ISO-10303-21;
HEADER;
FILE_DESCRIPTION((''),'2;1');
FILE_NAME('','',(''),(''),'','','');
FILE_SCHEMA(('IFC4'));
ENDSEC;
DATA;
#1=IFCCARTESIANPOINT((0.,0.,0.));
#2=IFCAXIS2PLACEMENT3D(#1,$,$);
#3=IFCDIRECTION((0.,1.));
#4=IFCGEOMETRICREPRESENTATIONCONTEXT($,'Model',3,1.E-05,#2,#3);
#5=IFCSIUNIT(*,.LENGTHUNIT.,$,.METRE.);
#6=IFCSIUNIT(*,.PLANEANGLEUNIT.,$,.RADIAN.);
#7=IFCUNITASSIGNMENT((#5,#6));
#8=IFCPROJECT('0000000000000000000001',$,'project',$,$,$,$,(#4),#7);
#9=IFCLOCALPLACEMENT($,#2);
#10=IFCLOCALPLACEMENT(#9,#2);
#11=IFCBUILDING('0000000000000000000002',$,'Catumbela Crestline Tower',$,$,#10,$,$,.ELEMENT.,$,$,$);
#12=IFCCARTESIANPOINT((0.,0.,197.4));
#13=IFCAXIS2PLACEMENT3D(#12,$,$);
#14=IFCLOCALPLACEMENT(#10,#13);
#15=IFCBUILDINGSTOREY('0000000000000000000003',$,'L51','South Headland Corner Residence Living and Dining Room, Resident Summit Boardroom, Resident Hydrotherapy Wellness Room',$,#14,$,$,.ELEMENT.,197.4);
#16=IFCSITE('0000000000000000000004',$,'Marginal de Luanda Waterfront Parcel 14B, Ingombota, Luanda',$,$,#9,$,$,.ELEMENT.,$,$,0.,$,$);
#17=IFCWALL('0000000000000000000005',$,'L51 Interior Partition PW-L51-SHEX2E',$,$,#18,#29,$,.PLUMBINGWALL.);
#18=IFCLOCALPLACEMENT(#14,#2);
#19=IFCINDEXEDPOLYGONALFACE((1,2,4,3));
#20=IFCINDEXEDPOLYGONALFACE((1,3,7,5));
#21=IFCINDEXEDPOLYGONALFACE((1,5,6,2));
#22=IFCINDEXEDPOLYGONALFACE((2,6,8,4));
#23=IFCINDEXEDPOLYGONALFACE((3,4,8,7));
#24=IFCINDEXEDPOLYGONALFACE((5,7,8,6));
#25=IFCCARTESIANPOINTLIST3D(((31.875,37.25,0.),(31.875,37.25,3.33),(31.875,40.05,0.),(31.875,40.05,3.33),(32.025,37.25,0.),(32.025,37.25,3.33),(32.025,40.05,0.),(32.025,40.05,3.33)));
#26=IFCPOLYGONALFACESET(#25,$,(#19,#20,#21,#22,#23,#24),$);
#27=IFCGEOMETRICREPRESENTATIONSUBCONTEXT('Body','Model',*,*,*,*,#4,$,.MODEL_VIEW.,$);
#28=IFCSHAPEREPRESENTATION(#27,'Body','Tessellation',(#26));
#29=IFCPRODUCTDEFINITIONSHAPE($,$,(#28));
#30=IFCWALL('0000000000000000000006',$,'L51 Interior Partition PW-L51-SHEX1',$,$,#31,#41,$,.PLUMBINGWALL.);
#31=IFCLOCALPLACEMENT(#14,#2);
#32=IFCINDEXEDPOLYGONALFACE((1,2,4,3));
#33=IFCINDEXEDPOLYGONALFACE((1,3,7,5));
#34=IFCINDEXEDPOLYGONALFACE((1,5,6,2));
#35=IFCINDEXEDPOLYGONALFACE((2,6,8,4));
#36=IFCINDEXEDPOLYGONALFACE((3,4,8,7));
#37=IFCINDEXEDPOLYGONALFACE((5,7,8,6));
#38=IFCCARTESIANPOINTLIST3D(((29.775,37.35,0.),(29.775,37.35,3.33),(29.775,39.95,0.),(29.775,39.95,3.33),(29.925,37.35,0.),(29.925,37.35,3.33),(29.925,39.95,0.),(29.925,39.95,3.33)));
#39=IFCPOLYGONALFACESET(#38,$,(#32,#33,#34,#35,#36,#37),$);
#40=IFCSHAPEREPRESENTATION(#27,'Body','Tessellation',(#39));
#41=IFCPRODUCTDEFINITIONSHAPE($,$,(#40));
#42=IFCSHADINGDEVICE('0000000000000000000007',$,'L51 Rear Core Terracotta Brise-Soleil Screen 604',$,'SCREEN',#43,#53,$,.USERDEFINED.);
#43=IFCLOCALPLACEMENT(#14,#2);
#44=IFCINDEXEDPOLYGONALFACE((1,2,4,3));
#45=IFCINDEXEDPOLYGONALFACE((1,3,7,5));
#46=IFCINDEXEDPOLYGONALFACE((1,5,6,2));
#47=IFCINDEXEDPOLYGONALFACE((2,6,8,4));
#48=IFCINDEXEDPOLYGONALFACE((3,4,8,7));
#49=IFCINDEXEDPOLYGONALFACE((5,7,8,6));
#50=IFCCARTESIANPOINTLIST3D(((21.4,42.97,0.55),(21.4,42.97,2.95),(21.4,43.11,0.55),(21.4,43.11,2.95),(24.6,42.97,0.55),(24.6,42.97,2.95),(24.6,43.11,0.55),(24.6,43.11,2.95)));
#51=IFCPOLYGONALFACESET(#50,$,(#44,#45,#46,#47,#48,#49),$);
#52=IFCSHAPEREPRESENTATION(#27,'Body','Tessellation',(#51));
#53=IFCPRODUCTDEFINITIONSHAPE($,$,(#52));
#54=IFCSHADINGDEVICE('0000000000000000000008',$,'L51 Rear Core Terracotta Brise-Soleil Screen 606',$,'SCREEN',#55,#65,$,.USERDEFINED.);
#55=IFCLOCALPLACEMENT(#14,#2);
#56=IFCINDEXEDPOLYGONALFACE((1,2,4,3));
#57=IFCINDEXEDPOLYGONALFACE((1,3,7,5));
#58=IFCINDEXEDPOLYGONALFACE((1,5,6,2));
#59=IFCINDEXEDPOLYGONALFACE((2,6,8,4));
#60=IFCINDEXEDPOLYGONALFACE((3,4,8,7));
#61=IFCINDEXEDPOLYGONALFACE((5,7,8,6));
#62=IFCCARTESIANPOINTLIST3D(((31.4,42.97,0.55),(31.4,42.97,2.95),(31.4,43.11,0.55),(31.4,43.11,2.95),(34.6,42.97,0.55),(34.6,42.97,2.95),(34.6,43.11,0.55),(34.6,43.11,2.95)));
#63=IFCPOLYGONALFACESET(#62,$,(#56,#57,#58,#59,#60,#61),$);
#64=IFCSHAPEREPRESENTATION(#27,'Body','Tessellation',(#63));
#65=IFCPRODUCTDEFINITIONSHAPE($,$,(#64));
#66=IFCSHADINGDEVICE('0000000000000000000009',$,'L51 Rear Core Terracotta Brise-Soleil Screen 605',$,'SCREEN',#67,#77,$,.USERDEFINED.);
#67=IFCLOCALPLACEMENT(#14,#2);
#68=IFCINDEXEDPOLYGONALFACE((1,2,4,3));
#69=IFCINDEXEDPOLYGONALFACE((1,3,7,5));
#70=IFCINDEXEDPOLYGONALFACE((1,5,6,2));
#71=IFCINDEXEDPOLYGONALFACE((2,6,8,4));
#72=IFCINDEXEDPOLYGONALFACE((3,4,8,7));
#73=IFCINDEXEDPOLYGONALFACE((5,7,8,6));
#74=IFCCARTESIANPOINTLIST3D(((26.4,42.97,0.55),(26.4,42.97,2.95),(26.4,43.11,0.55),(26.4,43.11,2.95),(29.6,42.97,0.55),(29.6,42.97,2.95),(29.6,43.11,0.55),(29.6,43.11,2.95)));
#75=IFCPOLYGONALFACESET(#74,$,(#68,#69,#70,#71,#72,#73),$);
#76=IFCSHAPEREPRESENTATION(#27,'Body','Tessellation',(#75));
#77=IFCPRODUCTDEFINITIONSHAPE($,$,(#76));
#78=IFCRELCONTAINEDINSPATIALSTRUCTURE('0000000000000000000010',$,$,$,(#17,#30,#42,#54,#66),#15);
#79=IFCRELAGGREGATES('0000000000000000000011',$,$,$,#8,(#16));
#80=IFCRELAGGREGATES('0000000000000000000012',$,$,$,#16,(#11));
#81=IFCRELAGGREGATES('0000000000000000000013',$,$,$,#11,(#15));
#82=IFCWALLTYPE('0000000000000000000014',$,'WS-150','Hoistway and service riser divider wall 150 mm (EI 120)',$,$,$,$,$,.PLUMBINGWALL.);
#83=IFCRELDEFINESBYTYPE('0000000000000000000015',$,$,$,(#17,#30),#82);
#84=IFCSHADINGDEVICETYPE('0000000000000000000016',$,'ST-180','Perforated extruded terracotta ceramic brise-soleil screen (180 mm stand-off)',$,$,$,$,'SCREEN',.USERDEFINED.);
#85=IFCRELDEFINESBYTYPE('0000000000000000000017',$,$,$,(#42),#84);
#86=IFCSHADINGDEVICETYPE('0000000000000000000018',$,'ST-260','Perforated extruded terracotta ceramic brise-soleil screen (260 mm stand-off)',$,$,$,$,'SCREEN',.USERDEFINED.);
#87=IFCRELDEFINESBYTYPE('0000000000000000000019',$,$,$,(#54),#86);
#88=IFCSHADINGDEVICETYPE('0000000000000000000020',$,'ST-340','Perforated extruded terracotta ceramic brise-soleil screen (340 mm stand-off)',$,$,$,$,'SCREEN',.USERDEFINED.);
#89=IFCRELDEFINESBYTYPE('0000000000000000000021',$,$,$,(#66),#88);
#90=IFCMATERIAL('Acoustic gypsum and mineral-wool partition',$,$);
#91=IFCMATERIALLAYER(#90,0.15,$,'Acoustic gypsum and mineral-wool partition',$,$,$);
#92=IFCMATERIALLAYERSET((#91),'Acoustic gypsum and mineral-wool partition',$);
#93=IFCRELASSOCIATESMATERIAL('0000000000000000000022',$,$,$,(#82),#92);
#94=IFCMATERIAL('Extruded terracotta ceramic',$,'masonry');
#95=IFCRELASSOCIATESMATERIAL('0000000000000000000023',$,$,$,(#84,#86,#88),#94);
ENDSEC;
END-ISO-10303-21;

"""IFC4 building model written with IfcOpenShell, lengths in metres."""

from ifc_helpers import new_model, si_unit, direction, frame, frame_2d, origin, origin_2d, place, context, subcontext, project, spatial, rectangle, extrude, material, layer, layer_set, type_object, element, save


model = new_model("IFC4")

# Units and contexts
model_context = context("Model", 3, precision=1e-05, world=origin(), true_north=direction((0.0, 1.0)))
body_context = subcontext(model_context, "Body", "Model", "MODEL_VIEW")
ifc_project = project(units=[si_unit("LENGTHUNIT", "METRE"), si_unit("PLANEANGLEUNIT", "RADIAN")], contexts=[model_context])

# Site, building, storey
site_placement = place(None, origin())
site = spatial("IfcSite", under=ifc_project, at=site_placement, Name="Marginal de Luanda Waterfront Parcel 14B, Ingombota, Luanda", CompositionType="ELEMENT", RefElevation=0.0)
building_placement = place(site_placement, origin())
building = spatial("IfcBuilding", under=site, at=building_placement, Name="Catumbela Crestline Tower", CompositionType="ELEMENT")
storey_placement = place(building_placement, frame((0.0, 0.0, 197.4)))
storey = spatial("IfcBuildingStorey", under=building, at=storey_placement, Name="L51", Description="South Headland Corner Residence Living and Dining Room, Resident Summit Boardroom, Resident Hydrotherapy Wellness Room", CompositionType="ELEMENT", Elevation=197.4)

# Shared definitions
ifc_material_1 = material(Name="Acoustic gypsum and mineral-wool partition")

# Walls
ifc_layer_1 = layer(ifc_material_1, 0.15, Name="Acoustic gypsum and mineral-wool partition")
ifc_layer_set_1 = layer_set([ifc_layer_1], Name="Acoustic gypsum and mineral-wool partition")
wall_type_1 = type_object("IfcWallType", Name="WS-150", Description="Hoistway and service riser divider wall 150 mm (EI 120)", PredefinedType="PLUMBINGWALL", material=ifc_layer_set_1)
wall_1_placement = place(storey_placement, frame((31.95, 37.25, 0.0), z_axis=(0.0, 0.0, 1.0), x_axis=(0.0, 1.0, 0.0)))
element("IfcWall", 1, at=wall_1_placement, inside=storey, type_object=wall_type_1, Name="L51 Interior Partition PW-L51-SHEX2E", PredefinedType="PLUMBINGWALL", context=body_context, shape_type="SweptSolid", body=[
    extrude(rectangle(XDim=2.8, YDim=0.15, at=frame_2d((1.4, 0.0))), origin(), (0.0, 0.0, 1.0), 3.33),
])
wall_2_placement = place(storey_placement, frame((29.85, 37.35, 0.0), z_axis=(0.0, 0.0, 1.0), x_axis=(0.0, 1.0, 0.0)))
element("IfcWall", 2, at=wall_2_placement, inside=storey, type_object=wall_type_1, Name="L51 Interior Partition PW-L51-SHEX1", PredefinedType="PLUMBINGWALL", context=body_context, shape_type="SweptSolid", body=[
    extrude(rectangle(XDim=2.6, YDim=0.15, at=frame_2d((1.3, 0.0))), origin(), (0.0, 0.0, 1.0), 3.33),
])

# Shading devices
ifc_material_2 = material(Name="Extruded terracotta ceramic", Category="masonry")
shading_device_type_1 = type_object("IfcShadingDeviceType", Name="ST-180", Description="Perforated extruded terracotta ceramic brise-soleil screen (180 mm stand-off)", ElementType="SCREEN", PredefinedType="USERDEFINED", material=ifc_material_2)
shading_device_1_placement = place(storey_placement, frame((23.0, 43.04, 0.55), z_axis=(0.0, 0.0, 1.0), x_axis=(1.0, 0.0, 0.0)))
element("IfcShadingDevice", 3, at=shading_device_1_placement, inside=storey, type_object=shading_device_type_1, Name="L51 Rear Core Terracotta Brise-Soleil Screen 604", ObjectType="SCREEN", PredefinedType="USERDEFINED", context=body_context, shape_type="SweptSolid", body=[
    extrude(rectangle(XDim=3.2, YDim=0.14, at=origin_2d()), origin(), (0.0, 0.0, 1.0), 2.4),
])
shading_device_type_2 = type_object("IfcShadingDeviceType", Name="ST-260", Description="Perforated extruded terracotta ceramic brise-soleil screen (260 mm stand-off)", ElementType="SCREEN", PredefinedType="USERDEFINED", material=ifc_material_2)
shading_device_2_placement = place(storey_placement, frame((33.0, 43.04, 0.55), z_axis=(0.0, 0.0, 1.0), x_axis=(1.0, 0.0, 0.0)))
element("IfcShadingDevice", 4, at=shading_device_2_placement, inside=storey, type_object=shading_device_type_2, Name="L51 Rear Core Terracotta Brise-Soleil Screen 606", ObjectType="SCREEN", PredefinedType="USERDEFINED", context=body_context, shape_type="SweptSolid", body=[
    extrude(rectangle(XDim=3.2, YDim=0.14, at=origin_2d()), origin(), (0.0, 0.0, 1.0), 2.4),
])
shading_device_type_3 = type_object("IfcShadingDeviceType", Name="ST-340", Description="Perforated extruded terracotta ceramic brise-soleil screen (340 mm stand-off)", ElementType="SCREEN", PredefinedType="USERDEFINED", material=ifc_material_2)
shading_device_3_placement = place(storey_placement, frame((28.0, 43.04, 0.55), z_axis=(0.0, 0.0, 1.0), x_axis=(1.0, 0.0, 0.0)))
element("IfcShadingDevice", 5, at=shading_device_3_placement, inside=storey, type_object=shading_device_type_3, Name="L51 Rear Core Terracotta Brise-Soleil Screen 605", ObjectType="SCREEN", PredefinedType="USERDEFINED", context=body_context, shape_type="SweptSolid", body=[
    extrude(rectangle(XDim=3.2, YDim=0.14, at=origin_2d()), origin(), (0.0, 0.0, 1.0), 2.4),
])

save(model, "model.ifc")
